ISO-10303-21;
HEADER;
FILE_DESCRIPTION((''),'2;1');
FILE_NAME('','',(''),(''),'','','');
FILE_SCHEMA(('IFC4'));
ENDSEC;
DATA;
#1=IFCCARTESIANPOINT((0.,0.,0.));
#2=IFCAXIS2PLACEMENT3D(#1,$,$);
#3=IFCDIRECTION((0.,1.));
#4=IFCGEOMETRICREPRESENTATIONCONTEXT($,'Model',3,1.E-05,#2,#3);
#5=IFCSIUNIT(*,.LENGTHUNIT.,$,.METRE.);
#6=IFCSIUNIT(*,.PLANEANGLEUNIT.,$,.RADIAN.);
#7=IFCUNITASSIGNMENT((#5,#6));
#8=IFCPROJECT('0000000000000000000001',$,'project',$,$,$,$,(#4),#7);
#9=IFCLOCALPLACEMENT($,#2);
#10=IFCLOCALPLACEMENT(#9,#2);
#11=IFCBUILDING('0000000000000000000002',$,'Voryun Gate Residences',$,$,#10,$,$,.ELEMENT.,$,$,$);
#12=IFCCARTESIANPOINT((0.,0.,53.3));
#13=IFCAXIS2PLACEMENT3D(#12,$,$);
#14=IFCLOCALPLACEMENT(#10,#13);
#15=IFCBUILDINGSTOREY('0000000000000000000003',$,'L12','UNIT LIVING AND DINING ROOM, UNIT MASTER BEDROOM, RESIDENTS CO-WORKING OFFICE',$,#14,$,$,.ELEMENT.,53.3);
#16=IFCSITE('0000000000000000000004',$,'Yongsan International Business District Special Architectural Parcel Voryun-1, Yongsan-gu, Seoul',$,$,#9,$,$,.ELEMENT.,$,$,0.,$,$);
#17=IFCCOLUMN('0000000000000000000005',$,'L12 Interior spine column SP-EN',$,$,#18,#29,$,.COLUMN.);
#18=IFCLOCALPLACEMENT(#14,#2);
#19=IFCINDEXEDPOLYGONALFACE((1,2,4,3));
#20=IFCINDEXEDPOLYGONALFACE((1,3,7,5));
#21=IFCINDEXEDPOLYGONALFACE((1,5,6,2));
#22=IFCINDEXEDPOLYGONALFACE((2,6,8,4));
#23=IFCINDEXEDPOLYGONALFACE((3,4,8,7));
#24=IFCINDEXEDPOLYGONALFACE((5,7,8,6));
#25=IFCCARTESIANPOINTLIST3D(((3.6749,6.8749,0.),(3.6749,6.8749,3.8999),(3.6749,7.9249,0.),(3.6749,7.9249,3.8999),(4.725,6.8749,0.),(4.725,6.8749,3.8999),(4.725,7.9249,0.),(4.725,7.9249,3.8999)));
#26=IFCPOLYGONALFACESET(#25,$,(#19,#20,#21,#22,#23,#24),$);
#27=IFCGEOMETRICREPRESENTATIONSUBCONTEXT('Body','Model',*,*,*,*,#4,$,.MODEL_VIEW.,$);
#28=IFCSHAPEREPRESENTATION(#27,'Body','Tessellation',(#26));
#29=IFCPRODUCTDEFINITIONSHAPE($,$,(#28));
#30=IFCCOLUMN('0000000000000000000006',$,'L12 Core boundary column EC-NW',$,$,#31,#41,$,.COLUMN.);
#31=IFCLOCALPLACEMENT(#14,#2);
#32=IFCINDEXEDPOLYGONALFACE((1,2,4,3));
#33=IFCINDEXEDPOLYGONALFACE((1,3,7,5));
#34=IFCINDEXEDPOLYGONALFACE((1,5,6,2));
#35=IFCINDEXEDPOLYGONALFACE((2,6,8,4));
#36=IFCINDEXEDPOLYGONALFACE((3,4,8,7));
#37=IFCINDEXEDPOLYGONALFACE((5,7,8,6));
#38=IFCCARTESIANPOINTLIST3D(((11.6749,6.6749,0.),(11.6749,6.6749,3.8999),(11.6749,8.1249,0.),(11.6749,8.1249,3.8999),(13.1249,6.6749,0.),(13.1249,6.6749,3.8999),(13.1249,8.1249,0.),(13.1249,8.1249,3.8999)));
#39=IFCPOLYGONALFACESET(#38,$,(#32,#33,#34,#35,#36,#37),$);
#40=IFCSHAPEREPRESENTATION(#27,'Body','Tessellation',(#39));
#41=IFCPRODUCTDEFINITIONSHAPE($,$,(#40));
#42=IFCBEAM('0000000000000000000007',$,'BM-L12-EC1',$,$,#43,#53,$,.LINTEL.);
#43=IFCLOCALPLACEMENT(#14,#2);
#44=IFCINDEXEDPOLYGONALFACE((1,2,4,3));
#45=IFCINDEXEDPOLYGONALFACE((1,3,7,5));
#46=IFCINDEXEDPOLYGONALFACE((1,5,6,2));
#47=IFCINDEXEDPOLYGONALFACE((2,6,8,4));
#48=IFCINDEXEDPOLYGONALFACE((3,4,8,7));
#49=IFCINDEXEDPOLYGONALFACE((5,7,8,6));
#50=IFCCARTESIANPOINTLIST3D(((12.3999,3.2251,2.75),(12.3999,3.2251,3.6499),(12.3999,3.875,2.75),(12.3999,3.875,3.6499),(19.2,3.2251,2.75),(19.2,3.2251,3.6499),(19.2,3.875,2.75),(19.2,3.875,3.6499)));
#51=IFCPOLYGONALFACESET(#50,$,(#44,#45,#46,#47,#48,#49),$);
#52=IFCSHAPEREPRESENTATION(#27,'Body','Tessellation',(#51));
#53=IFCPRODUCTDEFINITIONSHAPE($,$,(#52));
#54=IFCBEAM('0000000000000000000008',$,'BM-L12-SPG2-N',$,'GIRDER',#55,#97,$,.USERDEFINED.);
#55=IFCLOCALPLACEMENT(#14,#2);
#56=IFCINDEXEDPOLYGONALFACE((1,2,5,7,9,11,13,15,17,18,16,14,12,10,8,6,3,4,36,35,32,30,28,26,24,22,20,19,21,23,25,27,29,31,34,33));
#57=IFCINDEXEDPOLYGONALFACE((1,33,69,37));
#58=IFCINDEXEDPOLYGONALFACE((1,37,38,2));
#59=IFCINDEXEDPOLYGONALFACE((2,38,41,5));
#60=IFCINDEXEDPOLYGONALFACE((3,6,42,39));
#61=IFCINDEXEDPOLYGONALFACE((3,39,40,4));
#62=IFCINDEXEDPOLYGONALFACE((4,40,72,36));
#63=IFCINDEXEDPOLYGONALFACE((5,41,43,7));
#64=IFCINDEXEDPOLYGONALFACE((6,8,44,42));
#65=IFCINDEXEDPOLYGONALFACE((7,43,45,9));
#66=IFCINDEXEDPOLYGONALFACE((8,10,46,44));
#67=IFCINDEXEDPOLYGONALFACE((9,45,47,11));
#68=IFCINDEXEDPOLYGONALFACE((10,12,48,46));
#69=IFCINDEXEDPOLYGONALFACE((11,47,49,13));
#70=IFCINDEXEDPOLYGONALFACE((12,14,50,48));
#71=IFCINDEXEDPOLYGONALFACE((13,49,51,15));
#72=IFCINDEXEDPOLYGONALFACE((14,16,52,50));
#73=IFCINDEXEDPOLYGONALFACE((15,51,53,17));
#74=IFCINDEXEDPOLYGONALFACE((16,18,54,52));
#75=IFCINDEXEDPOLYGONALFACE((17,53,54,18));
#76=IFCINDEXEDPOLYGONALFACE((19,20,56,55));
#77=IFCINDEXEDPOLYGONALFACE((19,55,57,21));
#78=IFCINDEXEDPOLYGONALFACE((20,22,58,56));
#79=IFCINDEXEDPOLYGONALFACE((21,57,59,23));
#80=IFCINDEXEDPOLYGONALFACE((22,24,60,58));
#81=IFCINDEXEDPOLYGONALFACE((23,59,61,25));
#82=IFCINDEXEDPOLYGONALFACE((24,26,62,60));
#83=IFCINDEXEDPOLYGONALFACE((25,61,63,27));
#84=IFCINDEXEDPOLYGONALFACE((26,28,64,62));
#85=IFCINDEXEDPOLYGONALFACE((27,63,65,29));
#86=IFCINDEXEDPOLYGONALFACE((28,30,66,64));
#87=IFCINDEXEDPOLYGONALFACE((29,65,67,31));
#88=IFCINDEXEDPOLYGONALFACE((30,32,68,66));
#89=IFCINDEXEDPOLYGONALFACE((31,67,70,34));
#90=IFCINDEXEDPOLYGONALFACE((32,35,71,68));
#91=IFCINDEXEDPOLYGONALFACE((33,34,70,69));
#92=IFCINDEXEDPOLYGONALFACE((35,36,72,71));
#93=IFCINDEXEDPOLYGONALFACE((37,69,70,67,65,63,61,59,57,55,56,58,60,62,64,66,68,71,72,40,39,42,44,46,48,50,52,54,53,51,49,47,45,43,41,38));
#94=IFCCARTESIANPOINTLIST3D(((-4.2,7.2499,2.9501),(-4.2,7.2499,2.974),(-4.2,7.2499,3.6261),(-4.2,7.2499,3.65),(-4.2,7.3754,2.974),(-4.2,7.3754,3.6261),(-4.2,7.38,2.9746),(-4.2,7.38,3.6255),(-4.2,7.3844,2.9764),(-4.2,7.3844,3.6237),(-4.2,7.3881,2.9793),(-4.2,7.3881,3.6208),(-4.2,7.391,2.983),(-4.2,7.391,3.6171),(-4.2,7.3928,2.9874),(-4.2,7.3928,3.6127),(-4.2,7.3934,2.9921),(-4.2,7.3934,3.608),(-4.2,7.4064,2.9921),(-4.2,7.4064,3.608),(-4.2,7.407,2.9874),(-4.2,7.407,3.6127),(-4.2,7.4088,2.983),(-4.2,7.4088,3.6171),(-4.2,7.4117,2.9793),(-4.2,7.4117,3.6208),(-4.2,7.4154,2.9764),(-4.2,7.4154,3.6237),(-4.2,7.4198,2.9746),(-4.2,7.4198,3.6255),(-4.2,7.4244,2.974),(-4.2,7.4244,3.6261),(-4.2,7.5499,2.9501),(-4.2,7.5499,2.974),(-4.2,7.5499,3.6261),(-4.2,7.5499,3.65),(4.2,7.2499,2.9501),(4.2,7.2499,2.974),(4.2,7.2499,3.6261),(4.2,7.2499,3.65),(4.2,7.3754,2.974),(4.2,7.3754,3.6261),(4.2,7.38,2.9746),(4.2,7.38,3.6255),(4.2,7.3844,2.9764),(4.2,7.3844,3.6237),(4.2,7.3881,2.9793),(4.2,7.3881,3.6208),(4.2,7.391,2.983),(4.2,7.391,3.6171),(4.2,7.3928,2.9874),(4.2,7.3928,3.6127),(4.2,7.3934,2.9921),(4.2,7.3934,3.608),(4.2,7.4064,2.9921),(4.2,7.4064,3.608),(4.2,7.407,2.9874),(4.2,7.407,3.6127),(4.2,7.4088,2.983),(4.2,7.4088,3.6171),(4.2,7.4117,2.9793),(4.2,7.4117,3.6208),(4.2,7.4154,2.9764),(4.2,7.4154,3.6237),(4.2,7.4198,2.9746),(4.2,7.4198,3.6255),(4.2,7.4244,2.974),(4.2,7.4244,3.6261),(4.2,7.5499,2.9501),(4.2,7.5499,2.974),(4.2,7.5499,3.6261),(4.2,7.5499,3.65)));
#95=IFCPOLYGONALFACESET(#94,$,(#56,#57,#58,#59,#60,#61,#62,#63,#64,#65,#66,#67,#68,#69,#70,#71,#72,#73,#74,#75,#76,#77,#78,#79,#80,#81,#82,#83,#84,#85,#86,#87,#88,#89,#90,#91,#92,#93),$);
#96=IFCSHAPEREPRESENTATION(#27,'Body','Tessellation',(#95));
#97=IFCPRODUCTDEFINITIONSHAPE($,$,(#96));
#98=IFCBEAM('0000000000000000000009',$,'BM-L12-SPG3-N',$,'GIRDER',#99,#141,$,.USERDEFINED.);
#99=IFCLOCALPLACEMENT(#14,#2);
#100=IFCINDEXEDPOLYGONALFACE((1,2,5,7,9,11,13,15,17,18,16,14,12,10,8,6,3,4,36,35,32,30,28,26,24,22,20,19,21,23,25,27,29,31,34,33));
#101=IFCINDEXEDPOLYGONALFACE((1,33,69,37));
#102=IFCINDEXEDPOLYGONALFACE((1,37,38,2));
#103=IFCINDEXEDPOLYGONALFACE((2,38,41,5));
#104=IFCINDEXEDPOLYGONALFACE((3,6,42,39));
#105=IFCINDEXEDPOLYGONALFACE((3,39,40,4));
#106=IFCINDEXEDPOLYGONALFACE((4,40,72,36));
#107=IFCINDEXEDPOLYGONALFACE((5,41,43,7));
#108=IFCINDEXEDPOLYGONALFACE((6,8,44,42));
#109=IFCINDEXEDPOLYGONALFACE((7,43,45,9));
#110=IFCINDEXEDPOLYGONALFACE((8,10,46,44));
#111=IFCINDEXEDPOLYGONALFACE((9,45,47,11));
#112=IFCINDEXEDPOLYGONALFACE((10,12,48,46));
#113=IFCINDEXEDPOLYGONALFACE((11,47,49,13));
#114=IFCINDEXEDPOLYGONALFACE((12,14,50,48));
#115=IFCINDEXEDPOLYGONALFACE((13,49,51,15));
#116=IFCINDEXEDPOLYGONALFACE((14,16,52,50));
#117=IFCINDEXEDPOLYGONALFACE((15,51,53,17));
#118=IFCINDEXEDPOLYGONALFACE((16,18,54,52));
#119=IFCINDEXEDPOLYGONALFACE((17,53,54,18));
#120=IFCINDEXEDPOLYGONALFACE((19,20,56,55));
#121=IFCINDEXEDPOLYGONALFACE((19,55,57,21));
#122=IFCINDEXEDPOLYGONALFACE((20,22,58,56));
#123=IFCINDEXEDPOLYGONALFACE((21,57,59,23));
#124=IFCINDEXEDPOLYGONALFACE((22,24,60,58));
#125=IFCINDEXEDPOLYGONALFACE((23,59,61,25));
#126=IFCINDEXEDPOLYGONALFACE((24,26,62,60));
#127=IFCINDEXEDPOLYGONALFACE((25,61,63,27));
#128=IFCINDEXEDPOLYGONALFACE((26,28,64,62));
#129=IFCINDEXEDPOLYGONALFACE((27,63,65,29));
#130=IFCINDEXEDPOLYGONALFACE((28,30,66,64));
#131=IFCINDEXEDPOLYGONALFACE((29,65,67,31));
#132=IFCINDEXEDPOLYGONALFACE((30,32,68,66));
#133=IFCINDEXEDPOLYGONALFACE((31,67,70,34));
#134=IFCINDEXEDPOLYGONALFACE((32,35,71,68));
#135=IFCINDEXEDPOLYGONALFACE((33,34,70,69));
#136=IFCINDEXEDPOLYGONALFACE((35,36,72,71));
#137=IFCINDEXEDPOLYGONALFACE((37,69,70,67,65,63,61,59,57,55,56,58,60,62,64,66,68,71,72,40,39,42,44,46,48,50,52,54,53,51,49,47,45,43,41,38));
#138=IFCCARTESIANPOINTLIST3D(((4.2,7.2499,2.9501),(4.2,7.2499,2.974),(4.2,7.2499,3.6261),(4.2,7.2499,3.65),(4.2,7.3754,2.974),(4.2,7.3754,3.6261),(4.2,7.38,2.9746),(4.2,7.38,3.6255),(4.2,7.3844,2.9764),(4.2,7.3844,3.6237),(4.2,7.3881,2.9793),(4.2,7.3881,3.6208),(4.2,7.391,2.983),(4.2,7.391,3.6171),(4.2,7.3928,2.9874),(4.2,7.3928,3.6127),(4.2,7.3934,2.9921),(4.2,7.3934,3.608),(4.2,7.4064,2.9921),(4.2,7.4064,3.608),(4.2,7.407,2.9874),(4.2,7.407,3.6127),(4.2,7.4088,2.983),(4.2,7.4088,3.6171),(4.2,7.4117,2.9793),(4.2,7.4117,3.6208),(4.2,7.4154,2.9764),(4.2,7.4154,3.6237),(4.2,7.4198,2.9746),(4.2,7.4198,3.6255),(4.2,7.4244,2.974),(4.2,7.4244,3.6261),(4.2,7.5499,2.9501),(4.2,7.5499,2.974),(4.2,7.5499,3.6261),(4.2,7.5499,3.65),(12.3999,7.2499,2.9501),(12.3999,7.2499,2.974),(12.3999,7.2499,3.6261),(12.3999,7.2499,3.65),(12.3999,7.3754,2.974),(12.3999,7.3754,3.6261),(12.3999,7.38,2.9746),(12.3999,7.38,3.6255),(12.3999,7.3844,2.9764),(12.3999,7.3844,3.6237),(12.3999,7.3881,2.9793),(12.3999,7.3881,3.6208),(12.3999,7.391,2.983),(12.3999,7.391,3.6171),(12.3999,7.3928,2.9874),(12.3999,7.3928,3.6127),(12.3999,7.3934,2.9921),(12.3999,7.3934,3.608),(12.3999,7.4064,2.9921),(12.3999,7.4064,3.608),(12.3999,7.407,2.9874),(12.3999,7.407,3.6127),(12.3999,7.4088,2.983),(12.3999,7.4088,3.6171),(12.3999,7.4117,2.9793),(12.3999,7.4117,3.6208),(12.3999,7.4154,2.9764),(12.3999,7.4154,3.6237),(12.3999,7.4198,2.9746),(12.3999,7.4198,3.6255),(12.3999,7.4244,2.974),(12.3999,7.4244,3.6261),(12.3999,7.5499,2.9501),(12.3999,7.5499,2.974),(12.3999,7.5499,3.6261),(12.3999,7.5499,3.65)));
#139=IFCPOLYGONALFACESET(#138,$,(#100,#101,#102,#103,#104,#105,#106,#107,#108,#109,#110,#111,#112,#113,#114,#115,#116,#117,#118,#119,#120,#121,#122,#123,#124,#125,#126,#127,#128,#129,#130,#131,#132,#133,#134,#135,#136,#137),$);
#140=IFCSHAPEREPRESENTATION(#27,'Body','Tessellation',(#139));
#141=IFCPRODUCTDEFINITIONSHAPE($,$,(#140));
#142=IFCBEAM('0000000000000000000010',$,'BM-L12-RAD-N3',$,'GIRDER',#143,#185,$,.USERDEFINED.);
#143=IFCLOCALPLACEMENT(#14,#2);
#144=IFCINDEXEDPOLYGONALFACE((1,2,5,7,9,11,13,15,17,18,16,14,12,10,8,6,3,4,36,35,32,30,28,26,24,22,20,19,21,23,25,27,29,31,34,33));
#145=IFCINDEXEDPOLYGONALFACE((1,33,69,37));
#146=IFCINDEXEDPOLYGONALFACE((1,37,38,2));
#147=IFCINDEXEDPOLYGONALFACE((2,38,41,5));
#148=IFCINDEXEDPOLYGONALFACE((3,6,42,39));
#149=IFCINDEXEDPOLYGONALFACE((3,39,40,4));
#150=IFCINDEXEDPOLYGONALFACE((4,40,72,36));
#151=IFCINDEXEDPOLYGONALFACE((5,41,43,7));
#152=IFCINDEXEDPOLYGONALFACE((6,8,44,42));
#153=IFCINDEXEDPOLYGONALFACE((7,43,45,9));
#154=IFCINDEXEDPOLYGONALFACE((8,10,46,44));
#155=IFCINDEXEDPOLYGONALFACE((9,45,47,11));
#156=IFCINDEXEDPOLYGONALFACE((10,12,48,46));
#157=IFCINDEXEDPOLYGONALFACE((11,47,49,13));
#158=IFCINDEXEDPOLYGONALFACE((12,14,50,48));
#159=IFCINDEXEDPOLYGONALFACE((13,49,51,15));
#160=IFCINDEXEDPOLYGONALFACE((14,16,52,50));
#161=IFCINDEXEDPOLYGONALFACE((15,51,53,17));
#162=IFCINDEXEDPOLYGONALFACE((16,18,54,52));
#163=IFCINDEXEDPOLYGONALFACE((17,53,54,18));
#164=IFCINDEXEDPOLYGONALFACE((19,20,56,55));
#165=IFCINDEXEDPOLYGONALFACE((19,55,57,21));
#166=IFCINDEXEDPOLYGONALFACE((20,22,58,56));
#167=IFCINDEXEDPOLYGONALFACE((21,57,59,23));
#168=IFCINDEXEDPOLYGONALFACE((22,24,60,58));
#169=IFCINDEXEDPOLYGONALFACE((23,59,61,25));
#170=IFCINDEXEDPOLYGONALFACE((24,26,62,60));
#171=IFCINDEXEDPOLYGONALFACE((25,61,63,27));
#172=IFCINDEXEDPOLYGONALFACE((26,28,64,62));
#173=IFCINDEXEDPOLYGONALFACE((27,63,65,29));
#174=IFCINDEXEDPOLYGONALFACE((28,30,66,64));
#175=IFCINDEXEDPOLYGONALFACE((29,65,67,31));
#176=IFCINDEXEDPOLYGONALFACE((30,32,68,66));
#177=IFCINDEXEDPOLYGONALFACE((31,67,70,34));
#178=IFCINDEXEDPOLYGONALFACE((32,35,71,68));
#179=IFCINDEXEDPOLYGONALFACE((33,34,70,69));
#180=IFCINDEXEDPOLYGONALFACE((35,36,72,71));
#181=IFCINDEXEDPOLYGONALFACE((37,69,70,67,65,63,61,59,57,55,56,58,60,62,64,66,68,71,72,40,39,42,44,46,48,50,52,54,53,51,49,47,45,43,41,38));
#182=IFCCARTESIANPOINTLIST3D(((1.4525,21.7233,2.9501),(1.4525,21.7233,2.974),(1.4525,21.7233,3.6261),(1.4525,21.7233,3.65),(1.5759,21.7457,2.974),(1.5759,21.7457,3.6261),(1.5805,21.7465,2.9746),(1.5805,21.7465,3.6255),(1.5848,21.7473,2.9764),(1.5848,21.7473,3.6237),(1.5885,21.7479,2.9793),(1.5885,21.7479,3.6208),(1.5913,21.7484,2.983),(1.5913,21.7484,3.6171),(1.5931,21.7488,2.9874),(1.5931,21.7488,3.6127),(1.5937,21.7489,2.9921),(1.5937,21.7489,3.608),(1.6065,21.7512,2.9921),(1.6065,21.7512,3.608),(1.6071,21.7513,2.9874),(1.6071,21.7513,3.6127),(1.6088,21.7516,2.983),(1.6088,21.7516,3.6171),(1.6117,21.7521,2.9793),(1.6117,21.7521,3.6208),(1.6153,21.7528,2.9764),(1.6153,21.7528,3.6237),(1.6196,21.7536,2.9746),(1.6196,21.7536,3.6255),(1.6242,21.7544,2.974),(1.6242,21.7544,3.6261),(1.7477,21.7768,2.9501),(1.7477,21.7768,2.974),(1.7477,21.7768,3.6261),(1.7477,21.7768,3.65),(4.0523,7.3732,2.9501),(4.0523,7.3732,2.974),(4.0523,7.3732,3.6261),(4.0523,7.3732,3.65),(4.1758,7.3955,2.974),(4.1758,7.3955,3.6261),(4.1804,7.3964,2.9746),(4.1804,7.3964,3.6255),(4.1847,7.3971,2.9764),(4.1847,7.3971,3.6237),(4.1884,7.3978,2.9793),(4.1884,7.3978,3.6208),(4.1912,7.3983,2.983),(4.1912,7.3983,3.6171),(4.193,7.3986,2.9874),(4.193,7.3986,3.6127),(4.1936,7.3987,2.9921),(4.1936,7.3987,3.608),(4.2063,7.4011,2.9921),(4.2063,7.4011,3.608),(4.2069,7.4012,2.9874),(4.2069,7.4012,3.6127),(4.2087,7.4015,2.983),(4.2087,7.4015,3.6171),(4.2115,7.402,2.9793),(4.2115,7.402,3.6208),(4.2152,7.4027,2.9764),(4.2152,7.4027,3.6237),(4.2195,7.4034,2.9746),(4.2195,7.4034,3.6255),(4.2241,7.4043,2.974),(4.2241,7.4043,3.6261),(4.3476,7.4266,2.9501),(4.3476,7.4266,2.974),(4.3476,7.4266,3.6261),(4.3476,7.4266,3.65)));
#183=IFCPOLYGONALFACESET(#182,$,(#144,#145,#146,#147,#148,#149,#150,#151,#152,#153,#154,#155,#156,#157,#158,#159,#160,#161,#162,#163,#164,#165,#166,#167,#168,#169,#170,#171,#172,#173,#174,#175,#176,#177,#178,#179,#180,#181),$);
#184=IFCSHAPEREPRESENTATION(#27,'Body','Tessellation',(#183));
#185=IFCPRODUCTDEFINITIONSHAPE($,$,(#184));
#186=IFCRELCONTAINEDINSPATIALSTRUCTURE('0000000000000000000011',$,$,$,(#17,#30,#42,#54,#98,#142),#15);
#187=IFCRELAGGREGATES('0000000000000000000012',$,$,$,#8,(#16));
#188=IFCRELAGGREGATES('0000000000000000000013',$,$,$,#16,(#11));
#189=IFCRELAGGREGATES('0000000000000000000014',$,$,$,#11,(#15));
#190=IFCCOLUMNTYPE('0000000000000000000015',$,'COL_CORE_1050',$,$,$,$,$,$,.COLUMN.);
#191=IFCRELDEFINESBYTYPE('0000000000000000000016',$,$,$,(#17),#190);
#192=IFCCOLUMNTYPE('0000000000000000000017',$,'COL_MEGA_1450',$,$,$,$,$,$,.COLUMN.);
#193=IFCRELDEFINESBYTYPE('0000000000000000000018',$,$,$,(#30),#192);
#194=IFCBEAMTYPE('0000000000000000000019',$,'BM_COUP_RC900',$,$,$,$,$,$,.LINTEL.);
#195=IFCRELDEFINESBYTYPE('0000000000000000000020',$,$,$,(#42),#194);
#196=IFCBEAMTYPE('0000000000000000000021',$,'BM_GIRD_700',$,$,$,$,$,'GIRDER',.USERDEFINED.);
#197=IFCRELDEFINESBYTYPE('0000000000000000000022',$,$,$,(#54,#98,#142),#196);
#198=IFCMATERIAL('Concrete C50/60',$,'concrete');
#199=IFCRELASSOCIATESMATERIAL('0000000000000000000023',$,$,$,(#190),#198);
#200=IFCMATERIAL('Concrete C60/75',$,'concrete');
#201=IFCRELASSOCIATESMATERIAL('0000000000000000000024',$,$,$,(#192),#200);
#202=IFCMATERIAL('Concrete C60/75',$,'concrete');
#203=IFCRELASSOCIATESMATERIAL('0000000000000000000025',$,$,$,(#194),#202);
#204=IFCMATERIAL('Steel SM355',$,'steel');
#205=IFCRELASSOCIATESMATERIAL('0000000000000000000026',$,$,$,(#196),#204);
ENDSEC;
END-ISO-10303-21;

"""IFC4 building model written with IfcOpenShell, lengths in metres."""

from ifc_helpers import new_model, si_unit, direction, frame, origin, origin_2d, place, context, subcontext, project, spatial, rectangle, i_section, extrude, material, material_profile, profile_set, type_object, element, save


model = new_model("IFC4")

# Units and contexts
model_context = context("Model", 3, precision=1e-05, world=origin(), true_north=direction((0.0, 1.0)))
body_context = subcontext(model_context, "Body", "Model", "MODEL_VIEW")
ifc_project = project(units=[si_unit("LENGTHUNIT", "METRE"), si_unit("PLANEANGLEUNIT", "RADIAN")], contexts=[model_context])

# Site, building, storey
site_placement = place(None, origin())
site = spatial("IfcSite", under=ifc_project, at=site_placement, Name="Yongsan International Business District Special Architectural Parcel Voryun-1, Yongsan-gu, Seoul", CompositionType="ELEMENT", RefElevation=0.0)
building_placement = place(site_placement, origin())
building = spatial("IfcBuilding", under=site, at=building_placement, Name="Voryun Gate Residences", CompositionType="ELEMENT")
storey_placement = place(building_placement, frame((0.0, 0.0, 53.3)))
storey = spatial("IfcBuildingStorey", under=building, at=storey_placement, Name="L12", Description="UNIT LIVING AND DINING ROOM, UNIT MASTER BEDROOM, RESIDENTS CO-WORKING OFFICE", CompositionType="ELEMENT", Elevation=53.3)

# Columns
ifc_material_1 = material(Name="Concrete C50/60", Category="concrete")
ifc_material_profile_1 = material_profile(ifc_material_1, rectangle(XDim=1.05, YDim=1.05, at=origin_2d()), Name="RC-1050x1050")
ifc_profile_set_1 = profile_set([ifc_material_profile_1], Name="Concrete C50/60")
column_type_1 = type_object("IfcColumnType", Name="COL_CORE_1050", PredefinedType="COLUMN", material=ifc_profile_set_1)
column_1_placement = place(storey_placement, frame((4.2, 7.3999, 0.0), z_axis=(0.0, 0.0, 1.0), x_axis=(1.0, 0.0, 0.0)))
element("IfcColumn", 1, at=column_1_placement, inside=storey, type_object=column_type_1, Name="L12 Interior spine column SP-EN", PredefinedType="COLUMN", context=body_context, shape_type="SweptSolid", body=[
    extrude(rectangle(XDim=1.05, YDim=1.05, at=origin_2d()), origin(), (0.0, 0.0, 1.0), 3.8999),
])
ifc_material_2 = material(Name="Concrete C60/75", Category="concrete")
ifc_material_profile_2 = material_profile(ifc_material_2, rectangle(XDim=1.45, YDim=1.45, at=origin_2d()), Name="RC-1450x1450")
ifc_profile_set_2 = profile_set([ifc_material_profile_2], Name="Concrete C60/75")
column_type_2 = type_object("IfcColumnType", Name="COL_MEGA_1450", PredefinedType="COLUMN", material=ifc_profile_set_2)
column_2_placement = place(storey_placement, frame((12.3999, 7.3999, 0.0), z_axis=(0.0, 0.0, 1.0), x_axis=(1.0, 0.0, 0.0)))
element("IfcColumn", 2, at=column_2_placement, inside=storey, type_object=column_type_2, Name="L12 Core boundary column EC-NW", PredefinedType="COLUMN", context=body_context, shape_type="SweptSolid", body=[
    extrude(rectangle(XDim=1.45, YDim=1.45, at=origin_2d()), origin(), (0.0, 0.0, 1.0), 3.8999),
])

# Beams
ifc_material_3 = material(Name="Concrete C60/75", Category="concrete")
ifc_material_profile_3 = material_profile(ifc_material_3, rectangle(XDim=0.6499, YDim=0.8999, at=origin_2d()), Name="RC-650x900")
ifc_profile_set_3 = profile_set([ifc_material_profile_3], Name="Concrete C60/75")
beam_type_1 = type_object("IfcBeamType", Name="BM_COUP_RC900", PredefinedType="LINTEL", material=ifc_profile_set_3)
beam_1_placement = place(storey_placement, frame((12.3999, 3.55, 3.2), z_axis=(1.0, 0.0, 0.0), x_axis=(0.0, 1.0, 0.0)))
element("IfcBeam", 3, at=beam_1_placement, inside=storey, type_object=beam_type_1, Name="BM-L12-EC1", PredefinedType="LINTEL", context=body_context, shape_type="SweptSolid", body=[
    extrude(rectangle(XDim=0.6499, YDim=0.8999, at=origin_2d()), origin(), (0.0, 0.0, 1.0), 6.8),
])
ifc_material_4 = material(Name="Steel SM355", Category="steel")
ifc_material_profile_4 = material_profile(ifc_material_4, i_section(OverallWidth=0.3, OverallDepth=0.7, WebThickness=0.0129, FlangeThickness=0.0239, FilletRadius=0.0181, at=origin_2d()), Name="H-700x300x13x24")
ifc_profile_set_4 = profile_set([ifc_material_profile_4], Name="Steel SM355")
beam_type_2 = type_object("IfcBeamType", Name="BM_GIRD_700", ElementType="GIRDER", PredefinedType="USERDEFINED", material=ifc_profile_set_4)
beam_2_placement = place(storey_placement, frame((-4.2, 7.3999, 3.3), z_axis=(1.0, 0.0, 0.0), x_axis=(0.0, 1.0, 0.0)))
element("IfcBeam", 4, at=beam_2_placement, inside=storey, type_object=beam_type_2, Name="BM-L12-SPG2-N", ObjectType="GIRDER", PredefinedType="USERDEFINED", context=body_context, shape_type="SweptSolid", body=[
    extrude(i_section(OverallWidth=0.3, OverallDepth=0.7, WebThickness=0.0129, FlangeThickness=0.0239, FilletRadius=0.0181, at=origin_2d()), origin(), (0.0, 0.0, 1.0), 8.3999),
])
beam_3_placement = place(storey_placement, frame((4.2, 7.3999, 3.3), z_axis=(1.0, 0.0, 0.0), x_axis=(0.0, 1.0, 0.0)))
element("IfcBeam", 5, at=beam_3_placement, inside=storey, type_object=beam_type_2, Name="BM-L12-SPG3-N", ObjectType="GIRDER", PredefinedType="USERDEFINED", context=body_context, shape_type="SweptSolid", body=[
    extrude(i_section(OverallWidth=0.3, OverallDepth=0.7, WebThickness=0.0129, FlangeThickness=0.0239, FilletRadius=0.0181, at=origin_2d()), origin(), (0.0, 0.0, 1.0), 8.2),
])
beam_4_placement = place(storey_placement, frame((4.2, 7.3999, 3.3), z_axis=(-0.178271, 0.983981, 0.0), x_axis=(-0.983981, -0.178271, 0.0)))
element("IfcBeam", 6, at=beam_4_placement, inside=storey, type_object=beam_type_2, Name="BM-L12-RAD-N3", ObjectType="GIRDER", PredefinedType="USERDEFINED", context=body_context, shape_type="SweptSolid", body=[
    extrude(i_section(OverallWidth=0.3, OverallDepth=0.7, WebThickness=0.0129, FlangeThickness=0.0239, FilletRadius=0.0181, at=origin_2d()), origin(), (0.0, 0.0, 1.0), 14.5837),
])

save(model, "model.ifc")
